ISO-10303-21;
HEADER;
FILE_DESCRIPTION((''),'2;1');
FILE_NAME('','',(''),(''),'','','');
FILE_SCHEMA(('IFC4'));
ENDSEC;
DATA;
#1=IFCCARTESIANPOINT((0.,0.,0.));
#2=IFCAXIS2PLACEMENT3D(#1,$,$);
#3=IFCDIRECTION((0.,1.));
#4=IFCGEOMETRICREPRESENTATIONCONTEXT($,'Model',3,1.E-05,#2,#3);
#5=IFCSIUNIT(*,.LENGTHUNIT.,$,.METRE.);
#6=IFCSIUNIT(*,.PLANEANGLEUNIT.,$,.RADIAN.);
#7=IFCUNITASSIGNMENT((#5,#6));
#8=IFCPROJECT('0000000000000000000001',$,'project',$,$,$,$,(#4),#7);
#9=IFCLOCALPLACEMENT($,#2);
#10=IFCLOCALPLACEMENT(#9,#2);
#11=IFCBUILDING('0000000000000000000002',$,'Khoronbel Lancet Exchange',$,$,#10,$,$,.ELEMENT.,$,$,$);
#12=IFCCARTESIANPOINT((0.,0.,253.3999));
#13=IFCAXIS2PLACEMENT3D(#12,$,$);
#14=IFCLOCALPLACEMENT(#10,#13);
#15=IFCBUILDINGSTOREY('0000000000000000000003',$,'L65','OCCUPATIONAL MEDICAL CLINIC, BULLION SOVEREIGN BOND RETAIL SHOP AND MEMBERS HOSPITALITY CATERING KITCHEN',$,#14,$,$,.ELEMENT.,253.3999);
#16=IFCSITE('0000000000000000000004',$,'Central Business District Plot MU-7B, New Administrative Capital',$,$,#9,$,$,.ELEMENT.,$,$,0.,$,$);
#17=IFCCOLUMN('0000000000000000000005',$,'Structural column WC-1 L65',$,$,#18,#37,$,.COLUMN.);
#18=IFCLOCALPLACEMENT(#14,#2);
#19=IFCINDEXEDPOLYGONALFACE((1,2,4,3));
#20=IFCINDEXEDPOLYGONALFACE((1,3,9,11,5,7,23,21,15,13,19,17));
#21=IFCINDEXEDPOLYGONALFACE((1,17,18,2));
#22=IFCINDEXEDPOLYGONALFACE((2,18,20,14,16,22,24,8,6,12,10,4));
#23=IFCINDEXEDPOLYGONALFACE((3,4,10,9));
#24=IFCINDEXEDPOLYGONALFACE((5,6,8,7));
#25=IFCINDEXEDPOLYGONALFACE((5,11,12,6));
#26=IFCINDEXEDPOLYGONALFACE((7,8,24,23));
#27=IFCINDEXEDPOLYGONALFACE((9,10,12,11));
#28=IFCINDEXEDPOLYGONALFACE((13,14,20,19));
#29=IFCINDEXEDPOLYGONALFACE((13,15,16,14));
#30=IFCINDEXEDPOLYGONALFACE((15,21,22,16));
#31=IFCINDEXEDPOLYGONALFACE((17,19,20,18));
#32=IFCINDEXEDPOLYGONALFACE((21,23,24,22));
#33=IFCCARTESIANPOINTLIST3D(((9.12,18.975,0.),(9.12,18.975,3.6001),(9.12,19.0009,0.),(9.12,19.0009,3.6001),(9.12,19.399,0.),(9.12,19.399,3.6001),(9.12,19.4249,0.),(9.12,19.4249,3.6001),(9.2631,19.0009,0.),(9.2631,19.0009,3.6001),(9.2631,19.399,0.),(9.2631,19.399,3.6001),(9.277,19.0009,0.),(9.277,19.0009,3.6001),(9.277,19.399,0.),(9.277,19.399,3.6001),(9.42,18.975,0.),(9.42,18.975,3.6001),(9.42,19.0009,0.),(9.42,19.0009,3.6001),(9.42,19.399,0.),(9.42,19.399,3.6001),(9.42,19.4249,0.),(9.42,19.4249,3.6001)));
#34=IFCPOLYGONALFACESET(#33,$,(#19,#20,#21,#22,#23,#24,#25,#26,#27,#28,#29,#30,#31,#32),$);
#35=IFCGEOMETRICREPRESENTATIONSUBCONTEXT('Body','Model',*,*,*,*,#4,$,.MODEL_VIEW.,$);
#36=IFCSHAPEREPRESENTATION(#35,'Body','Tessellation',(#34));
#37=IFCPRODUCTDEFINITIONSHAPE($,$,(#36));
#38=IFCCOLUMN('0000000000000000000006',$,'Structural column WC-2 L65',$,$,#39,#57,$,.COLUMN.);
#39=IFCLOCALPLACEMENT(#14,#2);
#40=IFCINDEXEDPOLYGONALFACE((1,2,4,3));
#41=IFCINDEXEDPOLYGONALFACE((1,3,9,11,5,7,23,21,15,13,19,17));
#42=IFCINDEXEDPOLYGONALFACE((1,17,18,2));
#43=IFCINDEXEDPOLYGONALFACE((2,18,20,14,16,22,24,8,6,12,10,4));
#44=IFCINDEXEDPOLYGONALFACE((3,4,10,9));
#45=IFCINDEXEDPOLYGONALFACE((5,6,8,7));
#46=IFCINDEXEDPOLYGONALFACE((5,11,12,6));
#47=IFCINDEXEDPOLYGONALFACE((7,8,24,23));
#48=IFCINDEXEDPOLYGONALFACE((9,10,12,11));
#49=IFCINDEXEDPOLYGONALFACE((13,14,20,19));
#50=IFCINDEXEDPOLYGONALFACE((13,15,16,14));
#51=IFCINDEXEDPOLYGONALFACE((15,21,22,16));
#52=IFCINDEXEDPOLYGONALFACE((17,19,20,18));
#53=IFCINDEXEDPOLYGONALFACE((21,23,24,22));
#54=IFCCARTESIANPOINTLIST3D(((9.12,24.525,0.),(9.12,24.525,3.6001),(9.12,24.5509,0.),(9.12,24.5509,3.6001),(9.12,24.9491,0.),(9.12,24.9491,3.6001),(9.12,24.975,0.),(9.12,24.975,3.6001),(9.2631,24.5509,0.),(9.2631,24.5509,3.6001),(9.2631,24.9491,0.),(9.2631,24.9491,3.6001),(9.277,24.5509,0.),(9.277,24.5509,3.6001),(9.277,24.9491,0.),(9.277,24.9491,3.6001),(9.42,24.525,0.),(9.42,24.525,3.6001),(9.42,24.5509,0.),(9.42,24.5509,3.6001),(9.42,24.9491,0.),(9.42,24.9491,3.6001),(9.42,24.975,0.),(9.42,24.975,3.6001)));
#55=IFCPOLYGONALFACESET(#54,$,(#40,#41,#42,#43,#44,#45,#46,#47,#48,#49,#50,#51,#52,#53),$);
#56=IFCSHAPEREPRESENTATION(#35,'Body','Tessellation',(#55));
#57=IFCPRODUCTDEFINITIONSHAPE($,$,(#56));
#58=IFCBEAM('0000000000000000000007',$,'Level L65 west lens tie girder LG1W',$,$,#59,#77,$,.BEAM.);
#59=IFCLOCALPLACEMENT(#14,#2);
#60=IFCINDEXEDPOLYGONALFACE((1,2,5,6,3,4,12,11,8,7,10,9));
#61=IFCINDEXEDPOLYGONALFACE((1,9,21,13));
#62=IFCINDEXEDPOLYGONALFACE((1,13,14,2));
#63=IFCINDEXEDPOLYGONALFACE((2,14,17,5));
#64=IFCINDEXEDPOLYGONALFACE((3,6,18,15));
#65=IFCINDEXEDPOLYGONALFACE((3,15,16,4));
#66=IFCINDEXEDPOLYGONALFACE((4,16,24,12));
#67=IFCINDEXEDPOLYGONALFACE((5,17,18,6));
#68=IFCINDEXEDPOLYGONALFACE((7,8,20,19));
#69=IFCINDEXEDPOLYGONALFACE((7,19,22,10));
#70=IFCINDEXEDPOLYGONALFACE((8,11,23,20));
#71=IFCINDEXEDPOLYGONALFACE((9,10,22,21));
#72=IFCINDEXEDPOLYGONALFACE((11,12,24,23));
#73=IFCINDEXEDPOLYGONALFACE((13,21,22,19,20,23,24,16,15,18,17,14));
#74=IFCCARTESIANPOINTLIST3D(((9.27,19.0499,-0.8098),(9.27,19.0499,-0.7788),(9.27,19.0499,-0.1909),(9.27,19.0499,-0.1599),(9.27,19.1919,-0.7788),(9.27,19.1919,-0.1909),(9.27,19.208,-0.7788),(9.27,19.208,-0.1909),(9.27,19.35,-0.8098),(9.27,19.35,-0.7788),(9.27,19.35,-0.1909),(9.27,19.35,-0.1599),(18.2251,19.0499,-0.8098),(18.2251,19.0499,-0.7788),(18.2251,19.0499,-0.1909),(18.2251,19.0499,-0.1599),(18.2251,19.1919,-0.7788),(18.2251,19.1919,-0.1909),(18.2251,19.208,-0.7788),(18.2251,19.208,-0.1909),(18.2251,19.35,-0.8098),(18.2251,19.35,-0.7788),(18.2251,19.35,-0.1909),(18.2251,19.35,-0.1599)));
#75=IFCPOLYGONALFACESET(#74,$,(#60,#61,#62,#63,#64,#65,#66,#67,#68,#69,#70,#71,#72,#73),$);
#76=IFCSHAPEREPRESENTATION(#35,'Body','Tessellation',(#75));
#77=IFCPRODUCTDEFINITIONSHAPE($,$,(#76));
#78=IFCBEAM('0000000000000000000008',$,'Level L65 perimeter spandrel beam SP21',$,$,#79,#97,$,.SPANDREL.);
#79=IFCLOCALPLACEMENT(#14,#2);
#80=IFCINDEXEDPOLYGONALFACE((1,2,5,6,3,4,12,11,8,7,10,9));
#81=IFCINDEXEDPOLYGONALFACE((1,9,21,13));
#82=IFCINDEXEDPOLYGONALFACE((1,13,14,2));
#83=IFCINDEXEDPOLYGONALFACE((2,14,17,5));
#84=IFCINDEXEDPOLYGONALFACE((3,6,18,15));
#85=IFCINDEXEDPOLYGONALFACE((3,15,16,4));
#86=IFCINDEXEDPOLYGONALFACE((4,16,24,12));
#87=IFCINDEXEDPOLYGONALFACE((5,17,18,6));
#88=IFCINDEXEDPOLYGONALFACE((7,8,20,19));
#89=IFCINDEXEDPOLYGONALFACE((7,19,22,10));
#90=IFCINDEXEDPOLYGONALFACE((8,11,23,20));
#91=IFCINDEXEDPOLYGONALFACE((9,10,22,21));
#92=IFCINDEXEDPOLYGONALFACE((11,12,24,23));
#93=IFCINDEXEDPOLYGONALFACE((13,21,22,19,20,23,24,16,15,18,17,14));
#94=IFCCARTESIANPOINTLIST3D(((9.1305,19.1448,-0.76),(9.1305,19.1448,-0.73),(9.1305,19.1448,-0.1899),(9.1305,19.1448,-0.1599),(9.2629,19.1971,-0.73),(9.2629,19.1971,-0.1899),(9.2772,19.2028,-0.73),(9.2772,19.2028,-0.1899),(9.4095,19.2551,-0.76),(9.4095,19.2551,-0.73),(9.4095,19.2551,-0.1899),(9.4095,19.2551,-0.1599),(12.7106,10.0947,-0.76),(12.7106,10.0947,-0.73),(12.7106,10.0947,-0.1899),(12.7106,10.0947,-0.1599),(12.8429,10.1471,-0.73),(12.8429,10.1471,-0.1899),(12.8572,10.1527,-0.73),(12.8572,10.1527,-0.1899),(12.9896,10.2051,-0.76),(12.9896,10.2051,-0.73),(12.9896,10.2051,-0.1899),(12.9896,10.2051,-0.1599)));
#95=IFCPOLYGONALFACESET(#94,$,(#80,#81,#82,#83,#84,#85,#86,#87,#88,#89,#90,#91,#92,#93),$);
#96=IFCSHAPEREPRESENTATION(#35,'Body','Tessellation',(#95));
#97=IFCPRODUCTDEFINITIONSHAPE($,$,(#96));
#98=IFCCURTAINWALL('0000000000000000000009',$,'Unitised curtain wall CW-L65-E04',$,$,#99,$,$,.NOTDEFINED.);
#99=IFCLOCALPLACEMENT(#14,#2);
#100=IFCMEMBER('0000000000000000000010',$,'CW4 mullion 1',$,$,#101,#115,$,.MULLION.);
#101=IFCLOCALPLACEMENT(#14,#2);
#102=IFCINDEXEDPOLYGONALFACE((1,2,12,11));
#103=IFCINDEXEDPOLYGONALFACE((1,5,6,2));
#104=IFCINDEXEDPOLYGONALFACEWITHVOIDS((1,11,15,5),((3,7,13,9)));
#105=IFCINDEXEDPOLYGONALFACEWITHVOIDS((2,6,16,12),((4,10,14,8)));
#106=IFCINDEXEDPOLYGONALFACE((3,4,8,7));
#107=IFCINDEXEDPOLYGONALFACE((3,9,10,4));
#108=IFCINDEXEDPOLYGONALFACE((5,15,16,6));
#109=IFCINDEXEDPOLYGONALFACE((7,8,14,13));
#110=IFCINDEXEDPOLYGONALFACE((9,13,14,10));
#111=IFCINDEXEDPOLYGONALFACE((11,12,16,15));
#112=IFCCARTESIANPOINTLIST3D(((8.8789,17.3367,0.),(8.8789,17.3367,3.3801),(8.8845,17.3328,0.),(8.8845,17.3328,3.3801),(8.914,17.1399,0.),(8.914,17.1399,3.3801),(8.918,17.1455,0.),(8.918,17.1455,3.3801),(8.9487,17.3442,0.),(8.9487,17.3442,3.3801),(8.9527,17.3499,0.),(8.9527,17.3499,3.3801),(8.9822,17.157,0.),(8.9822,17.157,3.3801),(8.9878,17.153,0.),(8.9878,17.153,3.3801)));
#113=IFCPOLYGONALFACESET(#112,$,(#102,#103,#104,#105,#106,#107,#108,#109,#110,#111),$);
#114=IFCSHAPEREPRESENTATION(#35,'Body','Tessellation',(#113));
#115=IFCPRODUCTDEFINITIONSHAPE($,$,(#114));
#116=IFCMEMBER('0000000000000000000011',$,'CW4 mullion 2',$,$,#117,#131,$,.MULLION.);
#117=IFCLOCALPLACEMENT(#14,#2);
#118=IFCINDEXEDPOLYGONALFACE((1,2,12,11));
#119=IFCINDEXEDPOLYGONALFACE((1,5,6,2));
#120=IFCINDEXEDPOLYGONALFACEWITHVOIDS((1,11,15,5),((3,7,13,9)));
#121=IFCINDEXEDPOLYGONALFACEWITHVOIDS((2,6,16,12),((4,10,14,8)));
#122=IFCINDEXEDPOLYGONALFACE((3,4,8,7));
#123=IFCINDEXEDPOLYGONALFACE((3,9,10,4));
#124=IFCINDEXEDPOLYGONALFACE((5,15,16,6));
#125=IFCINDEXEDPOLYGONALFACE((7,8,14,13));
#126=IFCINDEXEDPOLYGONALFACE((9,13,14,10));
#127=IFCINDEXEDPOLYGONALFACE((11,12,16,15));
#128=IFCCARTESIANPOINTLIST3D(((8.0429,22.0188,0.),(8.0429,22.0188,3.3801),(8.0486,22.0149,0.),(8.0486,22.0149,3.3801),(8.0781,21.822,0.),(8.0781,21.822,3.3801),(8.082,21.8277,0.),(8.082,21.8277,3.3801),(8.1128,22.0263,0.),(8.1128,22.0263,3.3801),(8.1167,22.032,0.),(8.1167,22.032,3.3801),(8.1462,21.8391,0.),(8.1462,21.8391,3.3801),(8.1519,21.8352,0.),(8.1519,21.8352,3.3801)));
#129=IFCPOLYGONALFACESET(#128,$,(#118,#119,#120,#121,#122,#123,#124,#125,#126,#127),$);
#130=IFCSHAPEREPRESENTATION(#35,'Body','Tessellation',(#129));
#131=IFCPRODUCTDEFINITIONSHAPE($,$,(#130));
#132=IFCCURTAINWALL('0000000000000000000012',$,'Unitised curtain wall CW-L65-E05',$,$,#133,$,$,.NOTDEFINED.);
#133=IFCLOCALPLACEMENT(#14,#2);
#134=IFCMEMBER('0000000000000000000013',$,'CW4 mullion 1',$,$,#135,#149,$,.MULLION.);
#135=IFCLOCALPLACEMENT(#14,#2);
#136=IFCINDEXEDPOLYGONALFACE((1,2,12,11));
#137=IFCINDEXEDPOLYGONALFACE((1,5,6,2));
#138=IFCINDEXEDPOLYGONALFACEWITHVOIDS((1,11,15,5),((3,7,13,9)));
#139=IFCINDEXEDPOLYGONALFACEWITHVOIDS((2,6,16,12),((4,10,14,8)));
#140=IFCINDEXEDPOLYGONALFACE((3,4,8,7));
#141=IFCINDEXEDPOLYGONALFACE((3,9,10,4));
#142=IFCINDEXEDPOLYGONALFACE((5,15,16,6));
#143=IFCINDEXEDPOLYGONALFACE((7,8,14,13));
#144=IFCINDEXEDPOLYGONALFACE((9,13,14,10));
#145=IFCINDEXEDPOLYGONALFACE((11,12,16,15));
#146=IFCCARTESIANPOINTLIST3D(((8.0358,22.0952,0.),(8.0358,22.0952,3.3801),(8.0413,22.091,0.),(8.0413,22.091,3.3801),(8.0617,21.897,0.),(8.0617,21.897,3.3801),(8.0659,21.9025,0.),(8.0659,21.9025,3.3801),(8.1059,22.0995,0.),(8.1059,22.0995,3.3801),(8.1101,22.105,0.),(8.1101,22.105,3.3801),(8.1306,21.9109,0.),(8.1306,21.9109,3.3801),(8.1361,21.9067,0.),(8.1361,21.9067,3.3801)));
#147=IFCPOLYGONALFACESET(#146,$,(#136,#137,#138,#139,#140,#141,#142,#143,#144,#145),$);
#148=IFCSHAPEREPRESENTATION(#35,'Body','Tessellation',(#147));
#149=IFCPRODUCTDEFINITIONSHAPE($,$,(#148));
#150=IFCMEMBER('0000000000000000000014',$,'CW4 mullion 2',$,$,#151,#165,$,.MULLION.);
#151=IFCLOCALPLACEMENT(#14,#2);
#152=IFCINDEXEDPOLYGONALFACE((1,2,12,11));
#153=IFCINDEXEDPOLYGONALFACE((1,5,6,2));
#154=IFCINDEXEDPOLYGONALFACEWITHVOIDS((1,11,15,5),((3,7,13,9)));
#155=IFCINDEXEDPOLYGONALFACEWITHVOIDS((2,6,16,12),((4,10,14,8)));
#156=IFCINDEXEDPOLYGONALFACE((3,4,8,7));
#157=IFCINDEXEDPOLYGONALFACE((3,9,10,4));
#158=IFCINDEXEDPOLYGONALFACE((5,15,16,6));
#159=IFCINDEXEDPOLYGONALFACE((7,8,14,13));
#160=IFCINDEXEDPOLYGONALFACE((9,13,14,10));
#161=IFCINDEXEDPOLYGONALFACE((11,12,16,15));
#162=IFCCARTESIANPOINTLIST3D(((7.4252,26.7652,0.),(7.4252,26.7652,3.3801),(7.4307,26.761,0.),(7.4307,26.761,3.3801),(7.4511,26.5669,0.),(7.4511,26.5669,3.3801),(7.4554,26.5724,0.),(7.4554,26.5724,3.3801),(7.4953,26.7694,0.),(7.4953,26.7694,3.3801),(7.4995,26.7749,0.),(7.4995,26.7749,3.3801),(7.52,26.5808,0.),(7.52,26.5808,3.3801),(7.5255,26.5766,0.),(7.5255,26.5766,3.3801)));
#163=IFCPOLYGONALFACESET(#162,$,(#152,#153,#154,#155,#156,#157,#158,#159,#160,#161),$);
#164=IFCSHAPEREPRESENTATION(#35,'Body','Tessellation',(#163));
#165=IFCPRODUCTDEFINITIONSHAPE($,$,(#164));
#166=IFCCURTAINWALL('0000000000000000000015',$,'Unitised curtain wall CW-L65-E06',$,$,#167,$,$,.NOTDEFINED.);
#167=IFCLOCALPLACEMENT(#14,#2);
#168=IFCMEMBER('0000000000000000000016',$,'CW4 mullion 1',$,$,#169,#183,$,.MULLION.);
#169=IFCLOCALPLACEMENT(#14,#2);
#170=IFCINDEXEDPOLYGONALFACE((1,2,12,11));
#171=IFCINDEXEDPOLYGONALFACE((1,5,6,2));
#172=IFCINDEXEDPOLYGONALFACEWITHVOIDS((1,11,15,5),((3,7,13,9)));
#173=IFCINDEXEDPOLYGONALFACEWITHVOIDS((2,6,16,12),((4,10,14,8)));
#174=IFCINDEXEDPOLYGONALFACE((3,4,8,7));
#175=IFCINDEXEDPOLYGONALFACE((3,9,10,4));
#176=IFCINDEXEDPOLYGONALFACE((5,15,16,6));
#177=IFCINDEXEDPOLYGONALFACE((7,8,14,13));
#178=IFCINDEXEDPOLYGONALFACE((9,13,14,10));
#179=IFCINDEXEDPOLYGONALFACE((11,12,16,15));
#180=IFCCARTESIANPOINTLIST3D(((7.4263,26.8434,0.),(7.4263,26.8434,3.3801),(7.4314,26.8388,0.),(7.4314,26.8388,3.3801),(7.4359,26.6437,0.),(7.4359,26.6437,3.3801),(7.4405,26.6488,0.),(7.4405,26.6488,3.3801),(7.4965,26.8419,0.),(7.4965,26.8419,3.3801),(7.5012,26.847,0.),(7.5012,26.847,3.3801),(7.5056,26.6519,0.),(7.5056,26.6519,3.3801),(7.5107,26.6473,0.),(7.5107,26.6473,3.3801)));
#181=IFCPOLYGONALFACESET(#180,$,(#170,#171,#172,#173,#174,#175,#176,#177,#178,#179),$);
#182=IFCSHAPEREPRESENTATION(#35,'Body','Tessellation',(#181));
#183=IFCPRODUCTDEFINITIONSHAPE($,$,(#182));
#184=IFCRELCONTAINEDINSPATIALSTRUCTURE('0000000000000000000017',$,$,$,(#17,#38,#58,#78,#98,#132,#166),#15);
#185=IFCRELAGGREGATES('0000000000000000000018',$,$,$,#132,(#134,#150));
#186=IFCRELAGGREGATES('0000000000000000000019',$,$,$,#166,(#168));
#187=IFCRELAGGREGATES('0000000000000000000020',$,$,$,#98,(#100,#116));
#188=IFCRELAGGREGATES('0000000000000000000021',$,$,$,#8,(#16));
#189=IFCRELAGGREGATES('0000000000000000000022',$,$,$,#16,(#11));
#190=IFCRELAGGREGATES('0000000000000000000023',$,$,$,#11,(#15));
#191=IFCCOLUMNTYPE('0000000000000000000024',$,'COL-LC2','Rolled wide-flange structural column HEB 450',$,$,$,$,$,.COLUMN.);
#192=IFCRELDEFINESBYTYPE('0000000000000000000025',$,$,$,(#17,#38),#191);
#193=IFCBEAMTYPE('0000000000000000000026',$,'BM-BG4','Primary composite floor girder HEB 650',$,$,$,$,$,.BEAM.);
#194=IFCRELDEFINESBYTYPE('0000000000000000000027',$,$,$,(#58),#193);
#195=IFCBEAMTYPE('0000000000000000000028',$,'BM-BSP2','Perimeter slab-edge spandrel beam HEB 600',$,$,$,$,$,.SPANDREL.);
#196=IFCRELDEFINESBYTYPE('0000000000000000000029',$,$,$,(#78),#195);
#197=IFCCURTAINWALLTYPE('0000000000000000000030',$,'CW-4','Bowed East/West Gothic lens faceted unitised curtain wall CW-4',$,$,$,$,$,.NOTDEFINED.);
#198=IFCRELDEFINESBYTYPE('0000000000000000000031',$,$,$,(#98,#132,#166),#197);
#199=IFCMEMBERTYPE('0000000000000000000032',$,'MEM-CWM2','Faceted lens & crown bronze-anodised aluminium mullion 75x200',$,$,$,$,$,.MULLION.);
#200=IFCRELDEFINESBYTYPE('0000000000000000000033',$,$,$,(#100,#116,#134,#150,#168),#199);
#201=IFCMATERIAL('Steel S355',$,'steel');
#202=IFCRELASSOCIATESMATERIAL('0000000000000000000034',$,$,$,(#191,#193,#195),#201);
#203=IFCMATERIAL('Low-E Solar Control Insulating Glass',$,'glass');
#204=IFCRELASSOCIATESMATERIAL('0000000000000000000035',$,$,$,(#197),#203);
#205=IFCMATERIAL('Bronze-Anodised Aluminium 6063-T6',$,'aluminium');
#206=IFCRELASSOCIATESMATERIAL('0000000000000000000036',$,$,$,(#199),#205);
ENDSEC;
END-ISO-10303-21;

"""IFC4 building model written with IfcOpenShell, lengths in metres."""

from ifc_helpers import new_model, si_unit, direction, frame, origin, origin_2d, place, context, subcontext, project, spatial, hollow_rectangle, i_section, extrude, material, material_profile, profile_set, type_object, element, aggregate, save


model = new_model("IFC4")

# Units and contexts
model_context = context("Model", 3, precision=1e-05, world=origin(), true_north=direction((0.0, 1.0)))
body_context = subcontext(model_context, "Body", "Model", "MODEL_VIEW")
ifc_project = project(units=[si_unit("LENGTHUNIT", "METRE"), si_unit("PLANEANGLEUNIT", "RADIAN")], contexts=[model_context])

# Site, building, storey
site_placement = place(None, origin())
site = spatial("IfcSite", under=ifc_project, at=site_placement, Name="Central Business District Plot MU-7B, New Administrative Capital", CompositionType="ELEMENT", RefElevation=0.0)
building_placement = place(site_placement, origin())
building = spatial("IfcBuilding", under=site, at=building_placement, Name="Khoronbel Lancet Exchange", CompositionType="ELEMENT")
storey_placement = place(building_placement, frame((0.0, 0.0, 253.3999)))
storey = spatial("IfcBuildingStorey", under=building, at=storey_placement, Name="L65", Description="OCCUPATIONAL MEDICAL CLINIC, BULLION SOVEREIGN BOND RETAIL SHOP AND MEMBERS HOSPITALITY CATERING KITCHEN", CompositionType="ELEMENT", Elevation=253.3999)

# Columns
ifc_material_1 = material(Name="Steel S355", Category="steel")
ifc_material_profile_1 = material_profile(ifc_material_1, i_section(OverallWidth=0.3, OverallDepth=0.45, WebThickness=0.0139, FlangeThickness=0.0259, at=origin_2d()), Name="HEB 450")
ifc_profile_set_1 = profile_set([ifc_material_profile_1], Name="Steel S355")
column_type = type_object("IfcColumnType", Name="COL-LC2", Description="Rolled wide-flange structural column HEB 450", PredefinedType="COLUMN", material=ifc_profile_set_1)
for number, where, z_axis, x_axis, name in (
    (1, (9.27, 19.2, 0.0), (0.0, 0.0, 1.0), (1.0, 0.0, 0.0), "Structural column WC-1 L65"),
    (2, (9.27, 24.75, 0.0), (0.0, 0.0, 1.0), (1.0, 0.0, 0.0), "Structural column WC-2 L65"),
):
    element("IfcColumn", number, at=place(storey_placement, frame(where, z_axis=z_axis, x_axis=x_axis)), inside=storey, type_object=column_type, Name=name, PredefinedType="COLUMN", context=body_context, shape_type="SweptSolid", body=[
        extrude(i_section(OverallWidth=0.3, OverallDepth=0.45, WebThickness=0.0139, FlangeThickness=0.0259, at=origin_2d()), origin(), (0.0, 0.0, 1.0), 3.6001),
    ])

# Beams
ifc_material_profile_2 = material_profile(ifc_material_1, i_section(OverallWidth=0.3, OverallDepth=0.6499, WebThickness=0.0161, FlangeThickness=0.031, at=origin_2d()), Name="HEB 650")
ifc_profile_set_2 = profile_set([ifc_material_profile_2], Name="Steel S355")
beam_type_1 = type_object("IfcBeamType", Name="BM-BG4", Description="Primary composite floor girder HEB 650", PredefinedType="BEAM", material=ifc_profile_set_2)
beam_1_placement = place(storey_placement, frame((9.27, 19.2, -0.4849), z_axis=(1.0, 0.0, 0.0), x_axis=(0.0, 1.0, 0.0)))
element("IfcBeam", 3, at=beam_1_placement, inside=storey, type_object=beam_type_1, Name="Level L65 west lens tie girder LG1W", PredefinedType="BEAM", context=body_context, shape_type="SweptSolid", body=[
    extrude(i_section(OverallWidth=0.3, OverallDepth=0.6499, WebThickness=0.0161, FlangeThickness=0.031, at=origin_2d()), origin(), (0.0, 0.0, 1.0), 8.9551),
])
ifc_material_profile_3 = material_profile(ifc_material_1, i_section(OverallWidth=0.3, OverallDepth=0.6001, WebThickness=0.0154, FlangeThickness=0.03, at=origin_2d()), Name="HEB 600")
ifc_profile_set_3 = profile_set([ifc_material_profile_3], Name="Steel S355")
beam_type_2 = type_object("IfcBeamType", Name="BM-BSP2", Description="Perimeter slab-edge spandrel beam HEB 600", PredefinedType="SPANDREL", material=ifc_profile_set_3)
beam_2_placement = place(storey_placement, frame((9.27, 19.2, -0.46), z_axis=(0.36785, -0.929885, 0.0), x_axis=(0.929885, 0.36785, 0.0)))
element("IfcBeam", 4, at=beam_2_placement, inside=storey, type_object=beam_type_2, Name="Level L65 perimeter spandrel beam SP21", PredefinedType="SPANDREL", context=body_context, shape_type="SweptSolid", body=[
    extrude(i_section(OverallWidth=0.3, OverallDepth=0.6001, WebThickness=0.0154, FlangeThickness=0.03, at=origin_2d()), origin(), (0.0, 0.0, 1.0), 9.7324),
])

# Curtain walls, members
ifc_material_2 = material(Name="Low-E Solar Control Insulating Glass", Category="glass")
curtain_wall_type = type_object("IfcCurtainWallType", Name="CW-4", Description="Bowed East/West Gothic lens faceted unitised curtain wall CW-4", PredefinedType="NOTDEFINED", material=ifc_material_2)
curtain_wall_1_placement = place(storey_placement, origin())
curtain_wall_1 = element("IfcCurtainWall", 5, at=curtain_wall_1_placement, inside=storey, type_object=curtain_wall_type, Name="Unitised curtain wall CW-L65-E04", PredefinedType="NOTDEFINED")
ifc_material_3 = material(Name="Bronze-Anodised Aluminium 6063-T6", Category="aluminium")
ifc_material_profile_4 = material_profile(ifc_material_3, hollow_rectangle(XDim=0.075, YDim=0.2, WallThickness=0.0049, at=origin_2d()), Name="ALU MULLION 75x200")
ifc_profile_set_4 = profile_set([ifc_material_profile_4], Name="Bronze-Anodised Aluminium 6063-T6")
member_type_1 = type_object("IfcMemberType", Name="MEM-CWM2", Description="Faceted lens & crown bronze-anodised aluminium mullion 75x200", PredefinedType="MULLION", material=ifc_profile_set_4)
member_1_placement = place(storey_placement, frame((8.9333, 17.2449, 0.0), z_axis=(0.0, 0.0, 1.0), x_axis=(-0.984426, -0.175801, 0.0)))
member_1 = element("IfcMember", 6, at=member_1_placement, type_object=member_type_1, Name="CW4 mullion 1", PredefinedType="MULLION", context=body_context, shape_type="SweptSolid", body=[
    extrude(hollow_rectangle(XDim=0.075, YDim=0.2, WallThickness=0.0049, at=origin_2d()), origin(), (0.0, 0.0, 1.0), 3.3801),
])
member_2_placement = place(storey_placement, frame((8.0974, 21.927, 0.0), z_axis=(0.0, 0.0, 1.0), x_axis=(-0.984426, -0.175801, 0.0)))
member_2 = element("IfcMember", 7, at=member_2_placement, type_object=member_type_1, Name="CW4 mullion 2", PredefinedType="MULLION", context=body_context, shape_type="SweptSolid", body=[
    extrude(hollow_rectangle(XDim=0.075, YDim=0.2, WallThickness=0.0049, at=origin_2d()), origin(), (0.0, 0.0, 1.0), 3.3801),
])
curtain_wall_2_placement = place(storey_placement, origin())
curtain_wall_2 = element("IfcCurtainWall", 8, at=curtain_wall_2_placement, inside=storey, type_object=curtain_wall_type, Name="Unitised curtain wall CW-L65-E05", PredefinedType="NOTDEFINED")
member_3_placement = place(storey_placement, frame((8.0859, 22.001, 0.0), z_axis=(0.0, 0.0, 1.0), x_axis=(-0.99156, -0.129646, 0.0)))
member_3 = element("IfcMember", 9, at=member_3_placement, type_object=member_type_1, Name="CW4 mullion 1", PredefinedType="MULLION", context=body_context, shape_type="SweptSolid", body=[
    extrude(hollow_rectangle(XDim=0.075, YDim=0.2, WallThickness=0.0049, at=origin_2d()), origin(), (0.0, 0.0, 1.0), 3.3801),
])
member_4_placement = place(storey_placement, frame((7.4753, 26.6709, 0.0), z_axis=(0.0, 0.0, 1.0), x_axis=(-0.99156, -0.129646, 0.0)))
member_4 = element("IfcMember", 10, at=member_4_placement, type_object=member_type_1, Name="CW4 mullion 2", PredefinedType="MULLION", context=body_context, shape_type="SweptSolid", body=[
    extrude(hollow_rectangle(XDim=0.075, YDim=0.2, WallThickness=0.0049, at=origin_2d()), origin(), (0.0, 0.0, 1.0), 3.3801),
])
curtain_wall_3_placement = place(storey_placement, origin())
curtain_wall_3 = element("IfcCurtainWall", 11, at=curtain_wall_3_placement, inside=storey, type_object=curtain_wall_type, Name="Unitised curtain wall CW-L65-E06", PredefinedType="NOTDEFINED")
member_5_placement = place(storey_placement, frame((7.4685, 26.7454, 0.0), z_axis=(0.0, 0.0, 1.0), x_axis=(-0.998857, -0.047794, 0.0)))
member_5 = element("IfcMember", 12, at=member_5_placement, type_object=member_type_1, Name="CW4 mullion 1", PredefinedType="MULLION", context=body_context, shape_type="SweptSolid", body=[
    extrude(hollow_rectangle(XDim=0.075, YDim=0.2, WallThickness=0.0049, at=origin_2d()), origin(), (0.0, 0.0, 1.0), 3.3801),
])

aggregate(curtain_wall_2, [member_3, member_4])
aggregate(curtain_wall_3, [member_5])
aggregate(curtain_wall_1, [member_1, member_2])

save(model, "model.ifc")
